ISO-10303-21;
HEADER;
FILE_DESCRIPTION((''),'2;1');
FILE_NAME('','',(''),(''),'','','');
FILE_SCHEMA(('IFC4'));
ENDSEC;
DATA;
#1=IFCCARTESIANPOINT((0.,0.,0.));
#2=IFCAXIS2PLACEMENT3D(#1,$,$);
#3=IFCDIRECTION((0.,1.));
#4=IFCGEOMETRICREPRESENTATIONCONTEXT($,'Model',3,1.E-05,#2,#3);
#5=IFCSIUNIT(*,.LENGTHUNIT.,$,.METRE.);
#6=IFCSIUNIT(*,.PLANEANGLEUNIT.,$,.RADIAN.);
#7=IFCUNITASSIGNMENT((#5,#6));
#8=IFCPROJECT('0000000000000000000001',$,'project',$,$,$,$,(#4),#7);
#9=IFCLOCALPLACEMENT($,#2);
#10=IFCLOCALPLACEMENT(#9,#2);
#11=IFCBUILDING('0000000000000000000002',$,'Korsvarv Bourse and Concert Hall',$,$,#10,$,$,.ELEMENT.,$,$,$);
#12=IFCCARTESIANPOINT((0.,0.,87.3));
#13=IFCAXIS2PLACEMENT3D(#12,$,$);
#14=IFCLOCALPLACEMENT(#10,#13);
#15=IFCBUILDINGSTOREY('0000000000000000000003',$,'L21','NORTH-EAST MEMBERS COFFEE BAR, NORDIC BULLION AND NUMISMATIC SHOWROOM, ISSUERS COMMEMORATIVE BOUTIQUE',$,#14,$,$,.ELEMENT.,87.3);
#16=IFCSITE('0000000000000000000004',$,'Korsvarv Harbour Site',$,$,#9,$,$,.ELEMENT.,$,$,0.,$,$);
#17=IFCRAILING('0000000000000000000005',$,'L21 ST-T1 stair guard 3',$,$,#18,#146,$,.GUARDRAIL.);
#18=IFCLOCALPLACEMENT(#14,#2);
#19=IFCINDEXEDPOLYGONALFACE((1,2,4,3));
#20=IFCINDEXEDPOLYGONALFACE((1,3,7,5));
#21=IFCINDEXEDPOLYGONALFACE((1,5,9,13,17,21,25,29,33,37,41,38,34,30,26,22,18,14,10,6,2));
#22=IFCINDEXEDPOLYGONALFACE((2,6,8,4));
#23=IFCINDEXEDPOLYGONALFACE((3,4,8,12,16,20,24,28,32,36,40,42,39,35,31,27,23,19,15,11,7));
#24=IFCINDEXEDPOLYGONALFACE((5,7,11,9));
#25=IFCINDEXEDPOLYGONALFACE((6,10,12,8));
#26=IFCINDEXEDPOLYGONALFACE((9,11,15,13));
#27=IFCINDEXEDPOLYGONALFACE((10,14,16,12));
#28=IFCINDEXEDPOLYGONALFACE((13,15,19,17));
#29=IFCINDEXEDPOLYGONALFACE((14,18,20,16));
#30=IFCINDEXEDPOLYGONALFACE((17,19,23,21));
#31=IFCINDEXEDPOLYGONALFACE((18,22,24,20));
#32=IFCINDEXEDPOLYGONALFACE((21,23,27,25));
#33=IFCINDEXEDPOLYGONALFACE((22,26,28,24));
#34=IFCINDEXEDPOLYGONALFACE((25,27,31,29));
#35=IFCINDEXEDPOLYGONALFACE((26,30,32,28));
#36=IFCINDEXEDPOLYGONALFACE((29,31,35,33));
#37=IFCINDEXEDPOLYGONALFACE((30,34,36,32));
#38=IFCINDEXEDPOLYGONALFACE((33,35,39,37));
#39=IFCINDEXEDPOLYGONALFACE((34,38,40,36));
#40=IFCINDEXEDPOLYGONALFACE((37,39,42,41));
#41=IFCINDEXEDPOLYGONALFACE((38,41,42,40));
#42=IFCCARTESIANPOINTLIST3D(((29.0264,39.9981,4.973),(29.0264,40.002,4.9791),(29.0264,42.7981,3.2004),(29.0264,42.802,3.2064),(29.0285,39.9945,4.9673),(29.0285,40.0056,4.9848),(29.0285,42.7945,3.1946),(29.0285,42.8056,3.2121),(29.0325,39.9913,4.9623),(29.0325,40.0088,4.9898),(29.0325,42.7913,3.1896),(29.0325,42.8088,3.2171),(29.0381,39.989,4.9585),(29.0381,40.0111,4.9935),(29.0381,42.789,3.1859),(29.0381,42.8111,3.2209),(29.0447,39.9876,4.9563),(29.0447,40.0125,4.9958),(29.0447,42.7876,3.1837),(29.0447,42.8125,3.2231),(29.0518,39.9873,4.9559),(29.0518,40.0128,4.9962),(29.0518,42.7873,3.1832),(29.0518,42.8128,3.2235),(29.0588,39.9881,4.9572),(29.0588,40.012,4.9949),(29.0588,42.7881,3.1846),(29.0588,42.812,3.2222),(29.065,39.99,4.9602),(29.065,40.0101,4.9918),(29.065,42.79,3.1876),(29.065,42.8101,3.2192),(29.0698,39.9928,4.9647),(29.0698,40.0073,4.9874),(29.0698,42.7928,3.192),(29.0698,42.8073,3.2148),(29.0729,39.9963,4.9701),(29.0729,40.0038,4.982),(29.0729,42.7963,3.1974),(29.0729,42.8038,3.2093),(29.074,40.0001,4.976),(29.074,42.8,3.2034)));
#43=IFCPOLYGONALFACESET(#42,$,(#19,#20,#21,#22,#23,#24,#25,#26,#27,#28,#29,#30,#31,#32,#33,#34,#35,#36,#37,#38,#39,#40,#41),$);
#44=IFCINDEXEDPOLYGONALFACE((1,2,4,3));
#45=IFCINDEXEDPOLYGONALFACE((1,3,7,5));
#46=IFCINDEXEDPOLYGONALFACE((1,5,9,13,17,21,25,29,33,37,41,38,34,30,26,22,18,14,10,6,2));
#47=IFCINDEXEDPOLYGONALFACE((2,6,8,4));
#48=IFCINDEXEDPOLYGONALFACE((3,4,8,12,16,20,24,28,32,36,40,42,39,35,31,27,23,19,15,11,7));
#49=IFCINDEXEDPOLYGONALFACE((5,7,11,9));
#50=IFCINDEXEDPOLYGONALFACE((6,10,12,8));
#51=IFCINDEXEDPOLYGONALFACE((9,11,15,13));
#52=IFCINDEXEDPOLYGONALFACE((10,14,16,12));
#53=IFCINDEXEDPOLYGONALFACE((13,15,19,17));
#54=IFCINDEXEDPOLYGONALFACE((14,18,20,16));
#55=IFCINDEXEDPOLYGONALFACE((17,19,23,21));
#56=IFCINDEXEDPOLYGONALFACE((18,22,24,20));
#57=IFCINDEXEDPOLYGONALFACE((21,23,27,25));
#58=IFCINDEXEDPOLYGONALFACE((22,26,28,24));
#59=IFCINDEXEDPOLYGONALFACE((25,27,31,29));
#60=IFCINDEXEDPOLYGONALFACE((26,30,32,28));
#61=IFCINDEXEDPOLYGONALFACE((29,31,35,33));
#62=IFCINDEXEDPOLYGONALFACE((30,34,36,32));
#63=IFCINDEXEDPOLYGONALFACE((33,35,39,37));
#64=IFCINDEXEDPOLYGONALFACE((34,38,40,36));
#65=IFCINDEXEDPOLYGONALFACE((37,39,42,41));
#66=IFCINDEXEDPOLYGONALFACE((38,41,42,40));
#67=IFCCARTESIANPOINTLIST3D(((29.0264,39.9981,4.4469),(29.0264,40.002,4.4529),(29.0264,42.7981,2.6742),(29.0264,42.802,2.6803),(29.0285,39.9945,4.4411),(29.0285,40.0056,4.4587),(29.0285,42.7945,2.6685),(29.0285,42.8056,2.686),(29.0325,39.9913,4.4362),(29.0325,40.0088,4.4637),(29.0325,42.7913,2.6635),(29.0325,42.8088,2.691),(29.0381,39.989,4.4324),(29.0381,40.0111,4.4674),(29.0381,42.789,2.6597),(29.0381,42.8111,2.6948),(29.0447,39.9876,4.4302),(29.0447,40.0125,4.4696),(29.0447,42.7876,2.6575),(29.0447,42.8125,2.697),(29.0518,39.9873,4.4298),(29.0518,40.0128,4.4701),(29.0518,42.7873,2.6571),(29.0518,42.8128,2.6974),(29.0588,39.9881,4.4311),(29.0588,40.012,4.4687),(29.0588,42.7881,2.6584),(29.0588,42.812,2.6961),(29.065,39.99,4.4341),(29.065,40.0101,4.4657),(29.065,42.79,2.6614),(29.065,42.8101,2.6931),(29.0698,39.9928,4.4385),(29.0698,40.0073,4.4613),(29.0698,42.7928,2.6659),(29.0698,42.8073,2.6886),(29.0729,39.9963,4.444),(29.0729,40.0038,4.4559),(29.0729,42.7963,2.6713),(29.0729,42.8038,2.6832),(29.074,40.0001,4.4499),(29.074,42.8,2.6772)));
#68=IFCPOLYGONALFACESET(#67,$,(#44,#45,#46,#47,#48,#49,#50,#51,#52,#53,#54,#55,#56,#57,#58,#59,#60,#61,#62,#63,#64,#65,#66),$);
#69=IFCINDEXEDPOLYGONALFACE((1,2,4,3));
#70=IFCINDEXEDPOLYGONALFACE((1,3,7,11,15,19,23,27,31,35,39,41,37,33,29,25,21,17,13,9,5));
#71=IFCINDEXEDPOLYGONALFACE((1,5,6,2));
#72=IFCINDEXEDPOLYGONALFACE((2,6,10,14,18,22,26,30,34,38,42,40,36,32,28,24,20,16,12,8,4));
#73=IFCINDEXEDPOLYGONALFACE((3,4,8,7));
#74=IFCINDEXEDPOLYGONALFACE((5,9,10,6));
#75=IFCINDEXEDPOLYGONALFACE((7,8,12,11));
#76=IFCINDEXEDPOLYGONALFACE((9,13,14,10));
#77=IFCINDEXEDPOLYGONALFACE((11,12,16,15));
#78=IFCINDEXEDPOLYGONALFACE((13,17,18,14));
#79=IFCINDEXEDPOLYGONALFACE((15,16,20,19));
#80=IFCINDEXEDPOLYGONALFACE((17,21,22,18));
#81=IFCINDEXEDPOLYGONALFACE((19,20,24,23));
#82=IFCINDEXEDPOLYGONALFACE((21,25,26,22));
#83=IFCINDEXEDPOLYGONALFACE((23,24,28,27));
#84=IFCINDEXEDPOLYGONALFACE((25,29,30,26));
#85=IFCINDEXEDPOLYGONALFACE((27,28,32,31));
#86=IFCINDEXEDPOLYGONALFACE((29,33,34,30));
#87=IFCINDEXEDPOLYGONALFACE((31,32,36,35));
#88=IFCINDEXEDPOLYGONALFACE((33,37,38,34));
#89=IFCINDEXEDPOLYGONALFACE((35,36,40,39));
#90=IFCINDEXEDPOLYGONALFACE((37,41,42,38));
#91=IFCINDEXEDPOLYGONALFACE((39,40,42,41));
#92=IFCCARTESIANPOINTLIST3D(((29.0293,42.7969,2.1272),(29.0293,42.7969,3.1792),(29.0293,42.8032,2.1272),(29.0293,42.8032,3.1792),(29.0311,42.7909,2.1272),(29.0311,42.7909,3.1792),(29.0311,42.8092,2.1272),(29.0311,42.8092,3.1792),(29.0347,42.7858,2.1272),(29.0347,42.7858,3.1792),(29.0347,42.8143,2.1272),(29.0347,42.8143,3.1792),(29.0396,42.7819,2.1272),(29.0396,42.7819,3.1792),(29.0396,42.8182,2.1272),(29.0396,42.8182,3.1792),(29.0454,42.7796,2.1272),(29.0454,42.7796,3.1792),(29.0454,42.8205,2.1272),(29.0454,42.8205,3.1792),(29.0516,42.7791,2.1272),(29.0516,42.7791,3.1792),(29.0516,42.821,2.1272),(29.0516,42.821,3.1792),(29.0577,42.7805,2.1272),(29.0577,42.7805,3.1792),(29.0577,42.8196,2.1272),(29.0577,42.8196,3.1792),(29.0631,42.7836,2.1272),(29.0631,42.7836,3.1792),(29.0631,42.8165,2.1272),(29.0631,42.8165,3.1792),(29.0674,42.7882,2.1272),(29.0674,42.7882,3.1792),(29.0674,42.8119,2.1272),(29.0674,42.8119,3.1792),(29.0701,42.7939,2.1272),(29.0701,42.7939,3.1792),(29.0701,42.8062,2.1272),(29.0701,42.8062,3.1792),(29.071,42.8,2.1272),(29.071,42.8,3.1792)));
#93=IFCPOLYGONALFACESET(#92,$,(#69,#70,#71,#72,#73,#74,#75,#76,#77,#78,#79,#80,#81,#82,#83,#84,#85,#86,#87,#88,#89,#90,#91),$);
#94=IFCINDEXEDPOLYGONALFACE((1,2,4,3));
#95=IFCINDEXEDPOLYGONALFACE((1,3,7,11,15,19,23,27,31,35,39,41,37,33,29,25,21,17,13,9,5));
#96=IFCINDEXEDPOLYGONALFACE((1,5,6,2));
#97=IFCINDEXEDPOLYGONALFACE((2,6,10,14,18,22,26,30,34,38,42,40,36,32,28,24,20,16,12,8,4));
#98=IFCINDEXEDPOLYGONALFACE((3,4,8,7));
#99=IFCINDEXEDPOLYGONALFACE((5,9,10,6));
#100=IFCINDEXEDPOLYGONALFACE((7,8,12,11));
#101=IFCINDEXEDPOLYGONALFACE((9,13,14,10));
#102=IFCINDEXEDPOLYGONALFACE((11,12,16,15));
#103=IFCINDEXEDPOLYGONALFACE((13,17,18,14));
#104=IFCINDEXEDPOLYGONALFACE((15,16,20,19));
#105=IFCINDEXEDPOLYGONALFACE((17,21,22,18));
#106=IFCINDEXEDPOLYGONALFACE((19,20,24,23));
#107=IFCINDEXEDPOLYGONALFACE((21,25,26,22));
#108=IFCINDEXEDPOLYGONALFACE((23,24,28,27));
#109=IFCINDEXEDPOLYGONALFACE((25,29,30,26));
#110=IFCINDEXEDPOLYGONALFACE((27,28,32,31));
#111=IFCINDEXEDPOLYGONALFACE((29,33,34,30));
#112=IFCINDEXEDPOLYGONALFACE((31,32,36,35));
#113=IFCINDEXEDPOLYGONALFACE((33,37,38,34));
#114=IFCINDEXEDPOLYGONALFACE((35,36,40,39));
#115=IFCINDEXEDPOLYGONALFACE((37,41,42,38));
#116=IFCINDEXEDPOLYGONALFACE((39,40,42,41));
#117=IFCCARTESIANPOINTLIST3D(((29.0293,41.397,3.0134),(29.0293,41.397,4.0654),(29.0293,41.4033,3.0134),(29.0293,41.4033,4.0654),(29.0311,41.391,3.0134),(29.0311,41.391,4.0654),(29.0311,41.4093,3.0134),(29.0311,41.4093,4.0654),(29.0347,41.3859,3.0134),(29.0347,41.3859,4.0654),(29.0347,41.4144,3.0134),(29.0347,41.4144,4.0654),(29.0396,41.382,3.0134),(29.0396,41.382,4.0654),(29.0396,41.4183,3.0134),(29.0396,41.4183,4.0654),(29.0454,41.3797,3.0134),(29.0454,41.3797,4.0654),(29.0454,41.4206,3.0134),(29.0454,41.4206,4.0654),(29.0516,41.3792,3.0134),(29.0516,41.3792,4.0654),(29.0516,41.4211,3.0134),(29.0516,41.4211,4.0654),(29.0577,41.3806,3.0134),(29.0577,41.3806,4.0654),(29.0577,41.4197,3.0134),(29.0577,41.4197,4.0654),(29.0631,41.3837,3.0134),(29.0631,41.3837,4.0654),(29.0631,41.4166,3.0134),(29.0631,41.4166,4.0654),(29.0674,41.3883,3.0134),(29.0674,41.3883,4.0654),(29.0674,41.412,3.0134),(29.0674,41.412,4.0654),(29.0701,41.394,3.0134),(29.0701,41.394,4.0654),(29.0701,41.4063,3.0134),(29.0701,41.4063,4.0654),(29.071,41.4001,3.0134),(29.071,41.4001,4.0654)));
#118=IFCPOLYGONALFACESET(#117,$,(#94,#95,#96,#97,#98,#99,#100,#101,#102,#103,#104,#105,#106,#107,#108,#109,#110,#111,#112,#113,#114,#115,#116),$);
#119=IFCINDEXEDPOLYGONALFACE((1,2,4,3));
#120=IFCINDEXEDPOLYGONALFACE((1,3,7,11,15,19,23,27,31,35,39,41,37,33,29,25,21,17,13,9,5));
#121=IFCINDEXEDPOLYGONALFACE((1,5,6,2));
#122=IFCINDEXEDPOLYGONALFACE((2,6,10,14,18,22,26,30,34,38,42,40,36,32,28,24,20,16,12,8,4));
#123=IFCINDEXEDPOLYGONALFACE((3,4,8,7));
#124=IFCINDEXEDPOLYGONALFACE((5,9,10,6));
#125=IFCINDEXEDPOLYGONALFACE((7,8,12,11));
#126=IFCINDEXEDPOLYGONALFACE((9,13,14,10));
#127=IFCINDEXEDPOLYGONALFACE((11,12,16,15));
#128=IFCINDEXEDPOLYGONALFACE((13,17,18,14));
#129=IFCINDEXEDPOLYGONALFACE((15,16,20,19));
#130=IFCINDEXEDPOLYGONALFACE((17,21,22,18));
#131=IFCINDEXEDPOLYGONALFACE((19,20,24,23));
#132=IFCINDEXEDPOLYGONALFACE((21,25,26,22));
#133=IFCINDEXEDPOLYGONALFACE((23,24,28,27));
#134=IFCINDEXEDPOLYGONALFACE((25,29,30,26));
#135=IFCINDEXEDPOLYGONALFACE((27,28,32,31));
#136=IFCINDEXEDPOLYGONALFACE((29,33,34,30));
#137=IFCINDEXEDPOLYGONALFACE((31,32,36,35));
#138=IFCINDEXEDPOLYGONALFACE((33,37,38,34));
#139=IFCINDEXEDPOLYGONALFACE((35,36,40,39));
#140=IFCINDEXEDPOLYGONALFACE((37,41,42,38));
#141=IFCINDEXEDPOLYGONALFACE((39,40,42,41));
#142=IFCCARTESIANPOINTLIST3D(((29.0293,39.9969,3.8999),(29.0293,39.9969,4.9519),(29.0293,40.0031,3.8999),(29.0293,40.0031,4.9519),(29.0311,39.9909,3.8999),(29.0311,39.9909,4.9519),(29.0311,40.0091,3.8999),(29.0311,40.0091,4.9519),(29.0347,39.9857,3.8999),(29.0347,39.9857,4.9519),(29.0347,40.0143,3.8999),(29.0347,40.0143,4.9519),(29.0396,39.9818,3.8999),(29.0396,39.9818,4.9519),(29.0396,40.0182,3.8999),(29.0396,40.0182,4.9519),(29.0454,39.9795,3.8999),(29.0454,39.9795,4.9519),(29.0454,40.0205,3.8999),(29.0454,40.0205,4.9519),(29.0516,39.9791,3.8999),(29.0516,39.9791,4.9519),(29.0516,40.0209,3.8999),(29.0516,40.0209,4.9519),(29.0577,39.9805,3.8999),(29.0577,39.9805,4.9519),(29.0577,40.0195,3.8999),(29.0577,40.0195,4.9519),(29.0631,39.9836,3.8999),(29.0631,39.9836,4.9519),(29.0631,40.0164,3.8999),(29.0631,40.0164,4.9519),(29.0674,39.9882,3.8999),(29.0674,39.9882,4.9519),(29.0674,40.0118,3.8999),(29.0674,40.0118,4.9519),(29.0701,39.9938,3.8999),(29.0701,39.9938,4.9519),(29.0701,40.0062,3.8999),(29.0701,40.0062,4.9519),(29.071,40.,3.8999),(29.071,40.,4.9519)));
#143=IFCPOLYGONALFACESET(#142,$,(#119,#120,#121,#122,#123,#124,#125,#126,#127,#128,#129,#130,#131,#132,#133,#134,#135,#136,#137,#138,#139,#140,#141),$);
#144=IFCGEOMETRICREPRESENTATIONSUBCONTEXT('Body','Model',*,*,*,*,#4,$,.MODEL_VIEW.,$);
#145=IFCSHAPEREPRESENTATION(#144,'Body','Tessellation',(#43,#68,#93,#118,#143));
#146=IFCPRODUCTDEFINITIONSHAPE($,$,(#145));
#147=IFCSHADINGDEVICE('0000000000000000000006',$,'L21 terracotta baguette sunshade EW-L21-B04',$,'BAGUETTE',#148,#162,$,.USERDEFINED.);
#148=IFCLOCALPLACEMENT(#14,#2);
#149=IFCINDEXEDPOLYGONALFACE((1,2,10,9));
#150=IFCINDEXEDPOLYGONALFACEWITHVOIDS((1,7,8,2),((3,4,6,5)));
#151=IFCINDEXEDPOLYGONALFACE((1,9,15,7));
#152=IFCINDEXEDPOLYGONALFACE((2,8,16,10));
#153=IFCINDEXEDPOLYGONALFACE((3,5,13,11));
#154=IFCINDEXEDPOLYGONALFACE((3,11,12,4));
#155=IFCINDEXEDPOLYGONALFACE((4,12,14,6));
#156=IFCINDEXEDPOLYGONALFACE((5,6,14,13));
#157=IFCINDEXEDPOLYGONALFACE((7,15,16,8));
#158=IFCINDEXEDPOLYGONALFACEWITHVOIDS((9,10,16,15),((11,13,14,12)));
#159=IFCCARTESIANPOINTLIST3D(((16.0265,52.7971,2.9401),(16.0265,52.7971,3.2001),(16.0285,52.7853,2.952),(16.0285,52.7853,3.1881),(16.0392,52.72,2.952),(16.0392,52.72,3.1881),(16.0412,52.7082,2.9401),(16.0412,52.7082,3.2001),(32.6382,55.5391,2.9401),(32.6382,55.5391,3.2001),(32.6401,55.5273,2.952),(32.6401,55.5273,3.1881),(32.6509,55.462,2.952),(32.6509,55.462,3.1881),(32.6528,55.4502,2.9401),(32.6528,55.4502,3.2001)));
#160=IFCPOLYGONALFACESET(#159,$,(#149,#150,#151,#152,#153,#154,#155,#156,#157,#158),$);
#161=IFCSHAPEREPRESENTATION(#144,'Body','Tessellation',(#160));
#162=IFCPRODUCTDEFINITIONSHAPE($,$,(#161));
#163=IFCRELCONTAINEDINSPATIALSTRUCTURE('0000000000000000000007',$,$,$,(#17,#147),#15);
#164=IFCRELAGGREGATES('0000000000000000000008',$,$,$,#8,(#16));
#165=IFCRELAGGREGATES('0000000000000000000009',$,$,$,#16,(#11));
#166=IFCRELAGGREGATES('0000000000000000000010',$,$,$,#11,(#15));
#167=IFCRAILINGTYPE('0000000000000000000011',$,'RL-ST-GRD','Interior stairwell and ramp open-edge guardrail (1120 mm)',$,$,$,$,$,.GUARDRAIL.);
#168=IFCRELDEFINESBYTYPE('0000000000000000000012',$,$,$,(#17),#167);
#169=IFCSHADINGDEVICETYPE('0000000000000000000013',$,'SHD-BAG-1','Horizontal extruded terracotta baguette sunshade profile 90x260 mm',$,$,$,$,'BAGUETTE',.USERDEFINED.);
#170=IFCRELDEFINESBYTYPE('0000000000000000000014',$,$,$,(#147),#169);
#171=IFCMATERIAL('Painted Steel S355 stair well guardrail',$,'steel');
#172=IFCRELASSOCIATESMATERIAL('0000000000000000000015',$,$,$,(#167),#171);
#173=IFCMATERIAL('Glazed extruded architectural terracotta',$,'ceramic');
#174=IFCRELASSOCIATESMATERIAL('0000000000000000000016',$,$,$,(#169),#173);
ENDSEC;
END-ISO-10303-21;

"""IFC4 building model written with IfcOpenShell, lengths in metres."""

from ifc_helpers import new_model, si_unit, direction, frame, origin, origin_2d, place, context, subcontext, project, spatial, hollow_rectangle, circle, extrude, source, transform, mapped, material, material_profile, profile_set, type_object, element, save


model = new_model("IFC4")

# Units and contexts
model_context = context("Model", 3, precision=1e-05, world=origin(), true_north=direction((0.0, 1.0)))
body_context = subcontext(model_context, "Body", "Model", "MODEL_VIEW")
ifc_project = project(units=[si_unit("LENGTHUNIT", "METRE"), si_unit("PLANEANGLEUNIT", "RADIAN")], contexts=[model_context])

# Site, building, storey
site_placement = place(None, origin())
site = spatial("IfcSite", under=ifc_project, at=site_placement, Name="Korsvarv Harbour Site", CompositionType="ELEMENT", RefElevation=0.0)
building_placement = place(site_placement, origin())
building = spatial("IfcBuilding", under=site, at=building_placement, Name="Korsvarv Bourse and Concert Hall", CompositionType="ELEMENT")
storey_placement = place(building_placement, frame((0.0, 0.0, 87.3)))
storey = spatial("IfcBuildingStorey", under=building, at=storey_placement, Name="L21", Description="NORTH-EAST MEMBERS COFFEE BAR, NORDIC BULLION AND NUMISMATIC SHOWROOM, ISSUERS COMMEMORATIVE BOUTIQUE", CompositionType="ELEMENT", Elevation=87.3)

# Railing
ifc_material_1 = material(Name="Painted Steel S355 stair well guardrail", Category="steel")
railing_type = type_object("IfcRailingType", Name="RL-ST-GRD", Description="Interior stairwell and ramp open-edge guardrail (1120 mm)", PredefinedType="GUARDRAIL", material=ifc_material_1)
railing_1_placement = place(storey_placement, frame((29.05, 42.8, 2.1272)))
element("IfcRailing", 1, at=railing_1_placement, inside=storey, type_object=railing_type, Name="L21 ST-T1 stair guard 3", PredefinedType="GUARDRAIL", context=body_context, shape_type="SweptSolid", body=[
    extrude(circle(Radius=0.0239, at=origin_2d()), frame((0.0, 0.0, 1.0762), z_axis=(0.0, -0.844909, 0.53491), x_axis=(1.0, 0.0, 0.0)), (0.0, 0.0, 1.0), 3.314),
    extrude(circle(Radius=0.0239, at=origin_2d()), frame((0.0, 0.0, 0.55), z_axis=(0.0, -0.844909, 0.53491), x_axis=(1.0, 0.0, 0.0)), (0.0, 0.0, 1.0), 3.314),
    extrude(circle(Radius=0.021, at=origin_2d()), origin(), (0.0, 0.0, 1.0), 1.052),
    extrude(circle(Radius=0.021, at=origin_2d()), frame((0.0, -1.3999, 0.8862)), (0.0, 0.0, 1.0), 1.052),
    extrude(circle(Radius=0.021, at=origin_2d()), frame((0.0, -2.8, 1.7727)), (0.0, 0.0, 1.0), 1.052),
])

# Shading device
ifc_material_2 = material(Name="Glazed extruded architectural terracotta", Category="ceramic")
ifc_material_profile_1 = material_profile(ifc_material_2, hollow_rectangle(XDim=0.0901, YDim=0.26, WallThickness=0.012, at=origin_2d()), Name="TC-BAG 90x260")
ifc_profile_set_1 = profile_set([ifc_material_profile_1], Name="Glazed extruded architectural terracotta")
shading_device_type = type_object("IfcShadingDeviceType", Name="SHD-BAG-1", Description="Horizontal extruded terracotta baguette sunshade profile 90x260 mm", ElementType="BAGUETTE", PredefinedType="USERDEFINED", material=ifc_profile_set_1)
shared_shape_1 = source(origin(), body_context, "Body", "SweptSolid", [
    extrude(hollow_rectangle(XDim=0.0901, YDim=0.26, WallThickness=0.012, at=origin_2d()), origin(), (0.0, 0.0, 1.0), 16.8364),
])
shading_device_placement = place(storey_placement, frame((32.6455, 55.4946, 3.0701), z_axis=(-0.986649, -0.162859, 0.0), x_axis=(0.162859, -0.986649, 0.0)))
element("IfcShadingDevice", 2, at=shading_device_placement, inside=storey, type_object=shading_device_type, Name="L21 terracotta baguette sunshade EW-L21-B04", ObjectType="BAGUETTE", PredefinedType="USERDEFINED", context=body_context, shape_type="MappedRepresentation", body=[
    mapped(shared_shape_1, transform((0.0, 0.0, 0.0), scale=1.0)),
])

save(model, "model.ifc")
